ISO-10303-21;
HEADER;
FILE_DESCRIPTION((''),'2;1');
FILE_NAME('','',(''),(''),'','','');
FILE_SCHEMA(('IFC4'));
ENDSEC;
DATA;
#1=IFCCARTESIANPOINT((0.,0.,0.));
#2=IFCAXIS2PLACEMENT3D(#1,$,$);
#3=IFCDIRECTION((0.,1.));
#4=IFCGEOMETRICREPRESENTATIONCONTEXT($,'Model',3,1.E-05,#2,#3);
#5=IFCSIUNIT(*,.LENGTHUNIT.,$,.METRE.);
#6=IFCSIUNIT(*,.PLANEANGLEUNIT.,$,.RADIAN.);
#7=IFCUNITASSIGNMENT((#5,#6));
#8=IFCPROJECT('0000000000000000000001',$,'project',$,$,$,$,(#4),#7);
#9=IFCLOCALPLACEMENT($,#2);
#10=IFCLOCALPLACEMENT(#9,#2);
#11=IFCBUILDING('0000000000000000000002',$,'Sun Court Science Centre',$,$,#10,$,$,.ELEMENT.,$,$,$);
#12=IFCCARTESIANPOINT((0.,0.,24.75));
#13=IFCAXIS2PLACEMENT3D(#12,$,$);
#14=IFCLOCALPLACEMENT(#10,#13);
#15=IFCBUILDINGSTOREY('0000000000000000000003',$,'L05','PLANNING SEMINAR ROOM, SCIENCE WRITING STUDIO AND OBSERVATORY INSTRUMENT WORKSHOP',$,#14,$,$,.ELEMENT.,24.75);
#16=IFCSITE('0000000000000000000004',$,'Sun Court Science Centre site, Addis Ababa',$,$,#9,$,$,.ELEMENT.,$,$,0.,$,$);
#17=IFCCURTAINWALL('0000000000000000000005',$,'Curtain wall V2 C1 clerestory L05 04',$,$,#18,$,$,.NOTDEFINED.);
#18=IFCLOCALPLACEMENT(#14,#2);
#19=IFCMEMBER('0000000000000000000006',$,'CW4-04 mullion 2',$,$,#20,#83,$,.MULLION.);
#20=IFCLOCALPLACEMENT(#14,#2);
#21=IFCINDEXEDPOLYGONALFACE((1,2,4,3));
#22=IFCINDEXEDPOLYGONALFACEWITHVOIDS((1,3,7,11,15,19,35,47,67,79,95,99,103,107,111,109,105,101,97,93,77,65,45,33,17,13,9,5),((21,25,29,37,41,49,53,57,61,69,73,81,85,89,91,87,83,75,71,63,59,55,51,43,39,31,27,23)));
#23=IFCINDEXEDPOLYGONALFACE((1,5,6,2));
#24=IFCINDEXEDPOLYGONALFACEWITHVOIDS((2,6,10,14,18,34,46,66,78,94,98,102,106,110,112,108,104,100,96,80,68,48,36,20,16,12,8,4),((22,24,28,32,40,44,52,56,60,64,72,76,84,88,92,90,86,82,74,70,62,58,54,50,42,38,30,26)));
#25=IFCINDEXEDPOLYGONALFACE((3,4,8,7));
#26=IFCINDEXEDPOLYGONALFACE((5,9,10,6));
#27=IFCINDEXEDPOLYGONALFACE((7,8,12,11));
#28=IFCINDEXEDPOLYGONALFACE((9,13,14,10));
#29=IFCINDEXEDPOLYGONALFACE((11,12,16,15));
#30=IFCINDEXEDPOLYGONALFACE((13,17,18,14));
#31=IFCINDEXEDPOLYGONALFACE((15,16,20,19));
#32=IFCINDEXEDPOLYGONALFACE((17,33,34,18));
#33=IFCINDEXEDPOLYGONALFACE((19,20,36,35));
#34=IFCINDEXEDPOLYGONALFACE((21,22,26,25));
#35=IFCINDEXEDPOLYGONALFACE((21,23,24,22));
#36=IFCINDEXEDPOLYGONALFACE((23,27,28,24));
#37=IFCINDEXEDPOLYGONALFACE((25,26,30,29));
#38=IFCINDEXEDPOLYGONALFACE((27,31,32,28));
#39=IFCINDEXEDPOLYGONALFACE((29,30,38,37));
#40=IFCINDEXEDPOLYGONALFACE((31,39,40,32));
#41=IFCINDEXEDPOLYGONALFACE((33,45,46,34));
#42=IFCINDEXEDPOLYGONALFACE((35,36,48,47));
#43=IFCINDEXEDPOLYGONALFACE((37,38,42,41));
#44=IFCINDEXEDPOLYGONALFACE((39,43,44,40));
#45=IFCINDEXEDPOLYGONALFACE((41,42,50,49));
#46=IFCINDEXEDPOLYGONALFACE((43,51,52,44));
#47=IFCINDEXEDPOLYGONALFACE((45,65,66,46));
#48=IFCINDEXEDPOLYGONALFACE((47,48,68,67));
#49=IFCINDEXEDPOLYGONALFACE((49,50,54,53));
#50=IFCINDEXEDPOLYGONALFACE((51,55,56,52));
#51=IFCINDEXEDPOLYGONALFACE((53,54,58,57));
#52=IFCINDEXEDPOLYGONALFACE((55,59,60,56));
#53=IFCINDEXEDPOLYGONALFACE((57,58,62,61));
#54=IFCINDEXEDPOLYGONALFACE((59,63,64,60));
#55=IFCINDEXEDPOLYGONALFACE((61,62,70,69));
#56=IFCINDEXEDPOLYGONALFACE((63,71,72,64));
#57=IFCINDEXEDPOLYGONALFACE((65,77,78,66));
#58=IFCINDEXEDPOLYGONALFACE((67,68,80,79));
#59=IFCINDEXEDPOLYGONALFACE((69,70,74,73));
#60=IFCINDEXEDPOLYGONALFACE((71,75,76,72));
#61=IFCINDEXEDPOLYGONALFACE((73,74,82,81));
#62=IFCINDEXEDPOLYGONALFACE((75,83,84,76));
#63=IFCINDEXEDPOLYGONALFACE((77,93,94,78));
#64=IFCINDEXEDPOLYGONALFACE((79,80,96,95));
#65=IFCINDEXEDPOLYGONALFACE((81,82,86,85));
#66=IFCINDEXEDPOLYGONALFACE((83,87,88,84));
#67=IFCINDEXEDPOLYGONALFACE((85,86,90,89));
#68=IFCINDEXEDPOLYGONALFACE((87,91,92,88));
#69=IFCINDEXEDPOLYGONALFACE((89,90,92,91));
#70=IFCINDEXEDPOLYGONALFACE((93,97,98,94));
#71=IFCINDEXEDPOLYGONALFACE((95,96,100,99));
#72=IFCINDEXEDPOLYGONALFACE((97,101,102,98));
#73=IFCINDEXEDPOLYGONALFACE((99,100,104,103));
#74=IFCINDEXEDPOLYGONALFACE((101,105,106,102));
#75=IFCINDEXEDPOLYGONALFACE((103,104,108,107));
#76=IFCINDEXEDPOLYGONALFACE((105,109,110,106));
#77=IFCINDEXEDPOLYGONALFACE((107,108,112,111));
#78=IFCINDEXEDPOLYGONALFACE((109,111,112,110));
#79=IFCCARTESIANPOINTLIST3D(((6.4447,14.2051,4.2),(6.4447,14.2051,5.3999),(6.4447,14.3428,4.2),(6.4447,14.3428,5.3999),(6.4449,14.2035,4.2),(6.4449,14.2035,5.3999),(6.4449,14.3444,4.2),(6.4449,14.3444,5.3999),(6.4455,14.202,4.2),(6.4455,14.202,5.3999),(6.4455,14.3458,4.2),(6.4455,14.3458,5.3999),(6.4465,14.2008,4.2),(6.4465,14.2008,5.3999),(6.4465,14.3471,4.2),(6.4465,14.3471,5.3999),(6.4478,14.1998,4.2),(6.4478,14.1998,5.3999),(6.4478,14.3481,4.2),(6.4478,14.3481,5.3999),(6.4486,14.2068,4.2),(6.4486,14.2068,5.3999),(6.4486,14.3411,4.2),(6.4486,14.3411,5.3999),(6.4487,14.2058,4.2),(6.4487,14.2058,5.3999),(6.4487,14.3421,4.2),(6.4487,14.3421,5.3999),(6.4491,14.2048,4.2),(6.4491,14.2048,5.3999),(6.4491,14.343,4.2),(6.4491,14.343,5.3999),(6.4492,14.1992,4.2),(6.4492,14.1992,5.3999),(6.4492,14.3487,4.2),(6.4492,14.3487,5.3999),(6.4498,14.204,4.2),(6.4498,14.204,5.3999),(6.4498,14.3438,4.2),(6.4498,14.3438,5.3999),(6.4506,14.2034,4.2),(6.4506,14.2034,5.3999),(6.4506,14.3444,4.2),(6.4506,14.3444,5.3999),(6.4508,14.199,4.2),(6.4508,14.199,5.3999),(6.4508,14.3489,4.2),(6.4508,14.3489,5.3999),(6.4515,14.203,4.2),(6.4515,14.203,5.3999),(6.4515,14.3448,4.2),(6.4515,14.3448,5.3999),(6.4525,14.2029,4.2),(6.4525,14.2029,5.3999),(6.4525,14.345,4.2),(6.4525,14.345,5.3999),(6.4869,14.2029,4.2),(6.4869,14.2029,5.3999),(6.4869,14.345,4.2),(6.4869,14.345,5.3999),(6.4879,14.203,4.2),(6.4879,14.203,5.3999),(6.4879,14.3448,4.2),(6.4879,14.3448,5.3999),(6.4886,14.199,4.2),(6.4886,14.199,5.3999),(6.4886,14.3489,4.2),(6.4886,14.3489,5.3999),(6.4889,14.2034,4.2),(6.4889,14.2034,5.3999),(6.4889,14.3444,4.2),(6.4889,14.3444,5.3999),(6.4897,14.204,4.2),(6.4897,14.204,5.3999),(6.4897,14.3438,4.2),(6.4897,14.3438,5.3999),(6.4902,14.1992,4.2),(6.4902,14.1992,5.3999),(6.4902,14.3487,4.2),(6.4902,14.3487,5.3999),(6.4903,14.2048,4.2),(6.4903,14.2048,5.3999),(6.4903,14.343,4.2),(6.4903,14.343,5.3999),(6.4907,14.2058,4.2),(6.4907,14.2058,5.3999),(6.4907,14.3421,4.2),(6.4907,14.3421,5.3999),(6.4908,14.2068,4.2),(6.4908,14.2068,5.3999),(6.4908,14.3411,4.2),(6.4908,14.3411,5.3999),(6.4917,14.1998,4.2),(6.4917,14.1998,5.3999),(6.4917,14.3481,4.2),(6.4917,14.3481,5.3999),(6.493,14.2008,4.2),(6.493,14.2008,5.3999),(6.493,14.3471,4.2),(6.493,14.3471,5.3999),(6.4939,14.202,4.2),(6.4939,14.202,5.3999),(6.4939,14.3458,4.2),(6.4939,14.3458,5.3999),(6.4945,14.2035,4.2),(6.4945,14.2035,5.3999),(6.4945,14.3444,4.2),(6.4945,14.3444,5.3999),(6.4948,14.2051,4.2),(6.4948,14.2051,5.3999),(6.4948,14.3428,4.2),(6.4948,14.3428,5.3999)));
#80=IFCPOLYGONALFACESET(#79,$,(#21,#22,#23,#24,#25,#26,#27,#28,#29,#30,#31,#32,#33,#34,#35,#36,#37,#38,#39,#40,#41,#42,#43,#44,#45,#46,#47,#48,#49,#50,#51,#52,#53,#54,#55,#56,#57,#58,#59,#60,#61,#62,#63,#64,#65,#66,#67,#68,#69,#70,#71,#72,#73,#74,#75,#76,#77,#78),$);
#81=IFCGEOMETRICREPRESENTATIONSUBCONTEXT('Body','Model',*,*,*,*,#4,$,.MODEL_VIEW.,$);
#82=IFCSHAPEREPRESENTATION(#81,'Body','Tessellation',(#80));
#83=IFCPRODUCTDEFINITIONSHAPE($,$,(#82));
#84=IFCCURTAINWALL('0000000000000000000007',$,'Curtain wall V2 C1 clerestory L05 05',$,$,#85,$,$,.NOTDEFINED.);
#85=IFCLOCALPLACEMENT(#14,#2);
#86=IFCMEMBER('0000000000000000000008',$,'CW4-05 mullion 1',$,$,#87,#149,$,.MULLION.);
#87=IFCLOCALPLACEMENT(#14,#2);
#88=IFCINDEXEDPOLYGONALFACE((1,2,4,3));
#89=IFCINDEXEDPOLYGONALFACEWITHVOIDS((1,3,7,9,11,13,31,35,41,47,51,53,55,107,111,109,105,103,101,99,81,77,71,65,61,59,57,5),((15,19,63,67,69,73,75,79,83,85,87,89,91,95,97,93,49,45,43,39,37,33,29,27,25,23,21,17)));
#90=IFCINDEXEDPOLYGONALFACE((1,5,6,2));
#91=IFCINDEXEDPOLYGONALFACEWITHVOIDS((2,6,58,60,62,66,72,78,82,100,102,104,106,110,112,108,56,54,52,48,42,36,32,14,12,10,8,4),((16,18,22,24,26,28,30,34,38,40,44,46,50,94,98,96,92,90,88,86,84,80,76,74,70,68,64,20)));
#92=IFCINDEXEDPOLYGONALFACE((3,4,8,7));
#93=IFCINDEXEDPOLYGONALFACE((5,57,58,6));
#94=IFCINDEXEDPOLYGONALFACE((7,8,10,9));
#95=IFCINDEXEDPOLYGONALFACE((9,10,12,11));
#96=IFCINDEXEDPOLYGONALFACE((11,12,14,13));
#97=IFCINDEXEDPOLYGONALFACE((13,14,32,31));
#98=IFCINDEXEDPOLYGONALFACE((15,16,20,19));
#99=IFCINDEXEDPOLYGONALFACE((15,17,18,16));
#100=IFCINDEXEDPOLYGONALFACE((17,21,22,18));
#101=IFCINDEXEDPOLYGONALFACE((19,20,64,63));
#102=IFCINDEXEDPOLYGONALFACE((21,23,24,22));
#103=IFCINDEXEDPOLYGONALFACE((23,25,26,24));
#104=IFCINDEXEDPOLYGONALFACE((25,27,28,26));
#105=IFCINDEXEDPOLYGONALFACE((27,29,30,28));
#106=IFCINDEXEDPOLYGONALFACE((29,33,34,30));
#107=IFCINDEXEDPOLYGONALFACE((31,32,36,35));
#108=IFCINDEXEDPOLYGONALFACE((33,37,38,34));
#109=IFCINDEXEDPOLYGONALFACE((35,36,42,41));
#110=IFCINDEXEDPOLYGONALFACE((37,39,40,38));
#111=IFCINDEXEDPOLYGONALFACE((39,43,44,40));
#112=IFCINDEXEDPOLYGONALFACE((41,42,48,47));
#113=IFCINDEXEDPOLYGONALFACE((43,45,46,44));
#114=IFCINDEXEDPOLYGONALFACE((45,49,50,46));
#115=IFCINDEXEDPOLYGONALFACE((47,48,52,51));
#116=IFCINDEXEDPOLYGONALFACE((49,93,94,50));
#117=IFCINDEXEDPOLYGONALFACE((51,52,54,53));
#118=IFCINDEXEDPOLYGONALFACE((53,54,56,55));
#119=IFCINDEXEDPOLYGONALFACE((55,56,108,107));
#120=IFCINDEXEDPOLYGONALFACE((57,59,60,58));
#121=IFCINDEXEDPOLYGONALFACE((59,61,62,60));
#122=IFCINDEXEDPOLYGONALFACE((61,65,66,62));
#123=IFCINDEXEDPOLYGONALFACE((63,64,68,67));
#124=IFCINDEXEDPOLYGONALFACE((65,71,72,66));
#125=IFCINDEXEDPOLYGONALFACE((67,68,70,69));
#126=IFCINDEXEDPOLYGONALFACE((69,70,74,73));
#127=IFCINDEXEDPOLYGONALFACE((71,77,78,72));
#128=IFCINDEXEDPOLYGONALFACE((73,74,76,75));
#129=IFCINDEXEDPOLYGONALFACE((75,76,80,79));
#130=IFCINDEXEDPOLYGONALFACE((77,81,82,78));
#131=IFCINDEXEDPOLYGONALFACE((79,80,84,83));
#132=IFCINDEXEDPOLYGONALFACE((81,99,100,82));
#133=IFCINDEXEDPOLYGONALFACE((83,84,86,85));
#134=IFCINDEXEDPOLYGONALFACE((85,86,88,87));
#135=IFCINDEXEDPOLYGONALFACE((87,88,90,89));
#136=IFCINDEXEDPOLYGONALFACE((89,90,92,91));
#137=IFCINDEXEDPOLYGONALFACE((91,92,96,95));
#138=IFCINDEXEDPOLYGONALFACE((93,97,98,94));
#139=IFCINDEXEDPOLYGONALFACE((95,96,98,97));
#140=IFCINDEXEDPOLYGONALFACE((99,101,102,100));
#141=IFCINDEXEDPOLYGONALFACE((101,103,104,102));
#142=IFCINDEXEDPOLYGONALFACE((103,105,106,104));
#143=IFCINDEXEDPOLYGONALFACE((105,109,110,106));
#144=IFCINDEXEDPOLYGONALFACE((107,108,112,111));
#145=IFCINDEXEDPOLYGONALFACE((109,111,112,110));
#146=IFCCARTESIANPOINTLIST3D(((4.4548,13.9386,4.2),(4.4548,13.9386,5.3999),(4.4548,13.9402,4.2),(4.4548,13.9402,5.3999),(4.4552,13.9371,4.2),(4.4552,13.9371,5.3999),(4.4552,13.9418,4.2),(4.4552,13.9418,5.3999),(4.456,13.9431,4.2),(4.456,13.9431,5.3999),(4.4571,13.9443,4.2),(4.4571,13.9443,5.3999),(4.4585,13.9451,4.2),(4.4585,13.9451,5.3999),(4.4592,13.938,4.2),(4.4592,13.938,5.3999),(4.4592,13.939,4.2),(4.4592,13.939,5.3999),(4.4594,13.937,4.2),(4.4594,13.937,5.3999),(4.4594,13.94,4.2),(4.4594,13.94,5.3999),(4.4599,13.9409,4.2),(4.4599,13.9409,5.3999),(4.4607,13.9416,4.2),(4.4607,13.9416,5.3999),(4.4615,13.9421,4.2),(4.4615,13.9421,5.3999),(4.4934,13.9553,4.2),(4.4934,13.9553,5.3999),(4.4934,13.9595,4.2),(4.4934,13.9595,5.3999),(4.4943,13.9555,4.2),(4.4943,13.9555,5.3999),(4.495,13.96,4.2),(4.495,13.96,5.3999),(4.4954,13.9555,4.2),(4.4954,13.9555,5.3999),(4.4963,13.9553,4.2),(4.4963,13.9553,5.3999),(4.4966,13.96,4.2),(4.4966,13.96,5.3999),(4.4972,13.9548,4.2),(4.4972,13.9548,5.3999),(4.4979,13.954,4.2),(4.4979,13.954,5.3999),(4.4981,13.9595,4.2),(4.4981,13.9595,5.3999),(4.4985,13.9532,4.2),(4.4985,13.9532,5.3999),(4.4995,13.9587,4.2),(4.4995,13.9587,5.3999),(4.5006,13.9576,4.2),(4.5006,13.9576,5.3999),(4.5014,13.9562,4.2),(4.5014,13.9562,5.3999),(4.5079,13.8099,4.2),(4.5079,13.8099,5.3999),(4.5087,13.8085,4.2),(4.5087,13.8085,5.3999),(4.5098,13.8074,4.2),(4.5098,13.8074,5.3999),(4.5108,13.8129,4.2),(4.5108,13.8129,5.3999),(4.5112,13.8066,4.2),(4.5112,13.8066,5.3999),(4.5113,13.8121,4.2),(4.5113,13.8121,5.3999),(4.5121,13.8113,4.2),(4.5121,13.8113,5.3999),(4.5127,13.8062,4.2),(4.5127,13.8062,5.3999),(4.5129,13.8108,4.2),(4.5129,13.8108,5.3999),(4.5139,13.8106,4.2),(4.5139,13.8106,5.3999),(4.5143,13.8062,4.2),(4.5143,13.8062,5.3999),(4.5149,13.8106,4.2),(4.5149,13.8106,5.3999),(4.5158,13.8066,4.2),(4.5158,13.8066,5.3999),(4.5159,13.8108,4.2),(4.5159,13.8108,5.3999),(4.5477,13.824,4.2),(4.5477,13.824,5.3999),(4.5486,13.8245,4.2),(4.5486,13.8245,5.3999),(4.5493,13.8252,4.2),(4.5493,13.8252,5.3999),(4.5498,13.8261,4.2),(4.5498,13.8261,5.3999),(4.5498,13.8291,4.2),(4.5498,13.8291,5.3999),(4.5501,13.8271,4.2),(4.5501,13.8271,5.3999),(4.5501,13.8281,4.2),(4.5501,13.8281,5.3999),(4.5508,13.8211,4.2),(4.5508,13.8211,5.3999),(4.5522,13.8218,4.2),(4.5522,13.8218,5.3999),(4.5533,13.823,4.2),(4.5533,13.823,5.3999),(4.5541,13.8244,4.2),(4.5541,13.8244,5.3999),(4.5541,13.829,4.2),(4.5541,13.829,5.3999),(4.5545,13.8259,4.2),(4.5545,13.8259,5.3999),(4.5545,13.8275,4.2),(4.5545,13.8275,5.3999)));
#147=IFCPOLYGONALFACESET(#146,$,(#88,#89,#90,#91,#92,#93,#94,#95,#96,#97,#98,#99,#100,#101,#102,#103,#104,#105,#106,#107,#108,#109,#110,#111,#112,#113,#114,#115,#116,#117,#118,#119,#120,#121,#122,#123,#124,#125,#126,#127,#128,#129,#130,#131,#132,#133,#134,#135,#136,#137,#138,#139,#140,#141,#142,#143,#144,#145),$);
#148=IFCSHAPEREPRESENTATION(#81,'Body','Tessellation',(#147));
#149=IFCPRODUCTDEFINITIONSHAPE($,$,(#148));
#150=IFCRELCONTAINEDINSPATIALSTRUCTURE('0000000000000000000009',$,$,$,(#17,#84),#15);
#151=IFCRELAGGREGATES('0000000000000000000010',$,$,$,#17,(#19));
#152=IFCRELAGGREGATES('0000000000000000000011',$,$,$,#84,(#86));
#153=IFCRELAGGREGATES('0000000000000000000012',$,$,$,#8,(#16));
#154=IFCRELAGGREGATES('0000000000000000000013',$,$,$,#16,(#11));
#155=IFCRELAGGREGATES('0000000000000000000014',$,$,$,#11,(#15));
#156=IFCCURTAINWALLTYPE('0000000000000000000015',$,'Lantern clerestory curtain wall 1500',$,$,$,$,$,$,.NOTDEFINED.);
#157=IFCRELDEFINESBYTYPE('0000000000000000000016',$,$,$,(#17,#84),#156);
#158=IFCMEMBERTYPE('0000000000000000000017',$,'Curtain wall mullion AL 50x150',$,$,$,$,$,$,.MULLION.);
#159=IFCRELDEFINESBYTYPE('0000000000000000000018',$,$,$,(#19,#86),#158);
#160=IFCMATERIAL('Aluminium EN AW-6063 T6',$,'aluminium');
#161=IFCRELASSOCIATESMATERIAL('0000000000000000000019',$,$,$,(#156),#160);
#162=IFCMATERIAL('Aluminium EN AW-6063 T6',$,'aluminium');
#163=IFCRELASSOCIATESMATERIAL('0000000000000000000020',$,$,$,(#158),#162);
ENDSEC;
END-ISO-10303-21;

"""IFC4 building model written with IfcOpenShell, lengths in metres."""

from ifc_helpers import new_model, si_unit, direction, frame, origin, origin_2d, place, context, subcontext, project, spatial, hollow_rectangle, extrude, material, material_profile, profile_set, type_object, element, aggregate, save


model = new_model("IFC4")

# Units and contexts
model_context = context("Model", 3, precision=1e-05, world=origin(), true_north=direction((0.0, 1.0)))
body_context = subcontext(model_context, "Body", "Model", "MODEL_VIEW")
ifc_project = project(units=[si_unit("LENGTHUNIT", "METRE"), si_unit("PLANEANGLEUNIT", "RADIAN")], contexts=[model_context])

# Site, building, storey
site_placement = place(None, origin())
site = spatial("IfcSite", under=ifc_project, at=site_placement, Name="Sun Court Science Centre site, Addis Ababa", CompositionType="ELEMENT", RefElevation=0.0)
building_placement = place(site_placement, origin())
building = spatial("IfcBuilding", under=site, at=building_placement, Name="Sun Court Science Centre", CompositionType="ELEMENT")
storey_placement = place(building_placement, frame((0.0, 0.0, 24.75)))
storey = spatial("IfcBuildingStorey", under=building, at=storey_placement, Name="L05", Description="PLANNING SEMINAR ROOM, SCIENCE WRITING STUDIO AND OBSERVATORY INSTRUMENT WORKSHOP", CompositionType="ELEMENT", Elevation=24.75)

# Shared definitions
ifc_material_1 = material(Name="Aluminium EN AW-6063 T6", Category="aluminium")
curtain_wall_type = type_object("IfcCurtainWallType", Name="Lantern clerestory curtain wall 1500", PredefinedType="NOTDEFINED", material=ifc_material_1)
ifc_material_2 = material(Name="Aluminium EN AW-6063 T6", Category="aluminium")
ifc_material_profile_1 = material_profile(ifc_material_2, hollow_rectangle(XDim=0.05, YDim=0.1499, WallThickness=0.0039, InnerFilletRadius=0.0039, OuterFilletRadius=0.0061, at=origin_2d()), Name="AL 50x150x4")
ifc_profile_set_1 = profile_set([ifc_material_profile_1], Name="Aluminium EN AW-6063 T6")
member_type_1 = type_object("IfcMemberType", Name="Curtain wall mullion AL 50x150", PredefinedType="MULLION", material=ifc_profile_set_1)

# Curtain walls, members
curtain_wall_1_placement = place(storey_placement, origin())
curtain_wall_1 = element("IfcCurtainWall", 1, at=curtain_wall_1_placement, inside=storey, type_object=curtain_wall_type, Name="Curtain wall V2 C1 clerestory L05 04", PredefinedType="NOTDEFINED")
member_1_placement = place(storey_placement, frame((6.4697, 14.2739, 4.2), z_axis=(0.0, 0.0, 1.0), x_axis=(1.0, 0.0, 0.0)))
member_1 = element("IfcMember", 2, at=member_1_placement, type_object=member_type_1, Name="CW4-04 mullion 2", PredefinedType="MULLION", context=body_context, shape_type="SweptSolid", body=[
    extrude(hollow_rectangle(XDim=0.05, YDim=0.1499, WallThickness=0.0039, InnerFilletRadius=0.0039, OuterFilletRadius=0.0061, at=origin_2d()), origin(), (0.0, 0.0, 1.0), 1.2),
])
curtain_wall_2_placement = place(storey_placement, origin())
curtain_wall_2 = element("IfcCurtainWall", 3, at=curtain_wall_2_placement, inside=storey, type_object=curtain_wall_type, Name="Curtain wall V2 C1 clerestory L05 05", PredefinedType="NOTDEFINED")
member_2_placement = place(storey_placement, frame((4.5046, 13.8831, 4.2), z_axis=(0.0, 0.0, 1.0), x_axis=(0.92388, 0.382683, 0.0)))
member_2 = element("IfcMember", 4, at=member_2_placement, type_object=member_type_1, Name="CW4-05 mullion 1", PredefinedType="MULLION", context=body_context, shape_type="SweptSolid", body=[
    extrude(hollow_rectangle(XDim=0.05, YDim=0.1499, WallThickness=0.0039, InnerFilletRadius=0.0039, OuterFilletRadius=0.0061, at=origin_2d()), origin(), (0.0, 0.0, 1.0), 1.2),
])

aggregate(curtain_wall_1, [member_1])
aggregate(curtain_wall_2, [member_2])

save(model, "model.ifc")
